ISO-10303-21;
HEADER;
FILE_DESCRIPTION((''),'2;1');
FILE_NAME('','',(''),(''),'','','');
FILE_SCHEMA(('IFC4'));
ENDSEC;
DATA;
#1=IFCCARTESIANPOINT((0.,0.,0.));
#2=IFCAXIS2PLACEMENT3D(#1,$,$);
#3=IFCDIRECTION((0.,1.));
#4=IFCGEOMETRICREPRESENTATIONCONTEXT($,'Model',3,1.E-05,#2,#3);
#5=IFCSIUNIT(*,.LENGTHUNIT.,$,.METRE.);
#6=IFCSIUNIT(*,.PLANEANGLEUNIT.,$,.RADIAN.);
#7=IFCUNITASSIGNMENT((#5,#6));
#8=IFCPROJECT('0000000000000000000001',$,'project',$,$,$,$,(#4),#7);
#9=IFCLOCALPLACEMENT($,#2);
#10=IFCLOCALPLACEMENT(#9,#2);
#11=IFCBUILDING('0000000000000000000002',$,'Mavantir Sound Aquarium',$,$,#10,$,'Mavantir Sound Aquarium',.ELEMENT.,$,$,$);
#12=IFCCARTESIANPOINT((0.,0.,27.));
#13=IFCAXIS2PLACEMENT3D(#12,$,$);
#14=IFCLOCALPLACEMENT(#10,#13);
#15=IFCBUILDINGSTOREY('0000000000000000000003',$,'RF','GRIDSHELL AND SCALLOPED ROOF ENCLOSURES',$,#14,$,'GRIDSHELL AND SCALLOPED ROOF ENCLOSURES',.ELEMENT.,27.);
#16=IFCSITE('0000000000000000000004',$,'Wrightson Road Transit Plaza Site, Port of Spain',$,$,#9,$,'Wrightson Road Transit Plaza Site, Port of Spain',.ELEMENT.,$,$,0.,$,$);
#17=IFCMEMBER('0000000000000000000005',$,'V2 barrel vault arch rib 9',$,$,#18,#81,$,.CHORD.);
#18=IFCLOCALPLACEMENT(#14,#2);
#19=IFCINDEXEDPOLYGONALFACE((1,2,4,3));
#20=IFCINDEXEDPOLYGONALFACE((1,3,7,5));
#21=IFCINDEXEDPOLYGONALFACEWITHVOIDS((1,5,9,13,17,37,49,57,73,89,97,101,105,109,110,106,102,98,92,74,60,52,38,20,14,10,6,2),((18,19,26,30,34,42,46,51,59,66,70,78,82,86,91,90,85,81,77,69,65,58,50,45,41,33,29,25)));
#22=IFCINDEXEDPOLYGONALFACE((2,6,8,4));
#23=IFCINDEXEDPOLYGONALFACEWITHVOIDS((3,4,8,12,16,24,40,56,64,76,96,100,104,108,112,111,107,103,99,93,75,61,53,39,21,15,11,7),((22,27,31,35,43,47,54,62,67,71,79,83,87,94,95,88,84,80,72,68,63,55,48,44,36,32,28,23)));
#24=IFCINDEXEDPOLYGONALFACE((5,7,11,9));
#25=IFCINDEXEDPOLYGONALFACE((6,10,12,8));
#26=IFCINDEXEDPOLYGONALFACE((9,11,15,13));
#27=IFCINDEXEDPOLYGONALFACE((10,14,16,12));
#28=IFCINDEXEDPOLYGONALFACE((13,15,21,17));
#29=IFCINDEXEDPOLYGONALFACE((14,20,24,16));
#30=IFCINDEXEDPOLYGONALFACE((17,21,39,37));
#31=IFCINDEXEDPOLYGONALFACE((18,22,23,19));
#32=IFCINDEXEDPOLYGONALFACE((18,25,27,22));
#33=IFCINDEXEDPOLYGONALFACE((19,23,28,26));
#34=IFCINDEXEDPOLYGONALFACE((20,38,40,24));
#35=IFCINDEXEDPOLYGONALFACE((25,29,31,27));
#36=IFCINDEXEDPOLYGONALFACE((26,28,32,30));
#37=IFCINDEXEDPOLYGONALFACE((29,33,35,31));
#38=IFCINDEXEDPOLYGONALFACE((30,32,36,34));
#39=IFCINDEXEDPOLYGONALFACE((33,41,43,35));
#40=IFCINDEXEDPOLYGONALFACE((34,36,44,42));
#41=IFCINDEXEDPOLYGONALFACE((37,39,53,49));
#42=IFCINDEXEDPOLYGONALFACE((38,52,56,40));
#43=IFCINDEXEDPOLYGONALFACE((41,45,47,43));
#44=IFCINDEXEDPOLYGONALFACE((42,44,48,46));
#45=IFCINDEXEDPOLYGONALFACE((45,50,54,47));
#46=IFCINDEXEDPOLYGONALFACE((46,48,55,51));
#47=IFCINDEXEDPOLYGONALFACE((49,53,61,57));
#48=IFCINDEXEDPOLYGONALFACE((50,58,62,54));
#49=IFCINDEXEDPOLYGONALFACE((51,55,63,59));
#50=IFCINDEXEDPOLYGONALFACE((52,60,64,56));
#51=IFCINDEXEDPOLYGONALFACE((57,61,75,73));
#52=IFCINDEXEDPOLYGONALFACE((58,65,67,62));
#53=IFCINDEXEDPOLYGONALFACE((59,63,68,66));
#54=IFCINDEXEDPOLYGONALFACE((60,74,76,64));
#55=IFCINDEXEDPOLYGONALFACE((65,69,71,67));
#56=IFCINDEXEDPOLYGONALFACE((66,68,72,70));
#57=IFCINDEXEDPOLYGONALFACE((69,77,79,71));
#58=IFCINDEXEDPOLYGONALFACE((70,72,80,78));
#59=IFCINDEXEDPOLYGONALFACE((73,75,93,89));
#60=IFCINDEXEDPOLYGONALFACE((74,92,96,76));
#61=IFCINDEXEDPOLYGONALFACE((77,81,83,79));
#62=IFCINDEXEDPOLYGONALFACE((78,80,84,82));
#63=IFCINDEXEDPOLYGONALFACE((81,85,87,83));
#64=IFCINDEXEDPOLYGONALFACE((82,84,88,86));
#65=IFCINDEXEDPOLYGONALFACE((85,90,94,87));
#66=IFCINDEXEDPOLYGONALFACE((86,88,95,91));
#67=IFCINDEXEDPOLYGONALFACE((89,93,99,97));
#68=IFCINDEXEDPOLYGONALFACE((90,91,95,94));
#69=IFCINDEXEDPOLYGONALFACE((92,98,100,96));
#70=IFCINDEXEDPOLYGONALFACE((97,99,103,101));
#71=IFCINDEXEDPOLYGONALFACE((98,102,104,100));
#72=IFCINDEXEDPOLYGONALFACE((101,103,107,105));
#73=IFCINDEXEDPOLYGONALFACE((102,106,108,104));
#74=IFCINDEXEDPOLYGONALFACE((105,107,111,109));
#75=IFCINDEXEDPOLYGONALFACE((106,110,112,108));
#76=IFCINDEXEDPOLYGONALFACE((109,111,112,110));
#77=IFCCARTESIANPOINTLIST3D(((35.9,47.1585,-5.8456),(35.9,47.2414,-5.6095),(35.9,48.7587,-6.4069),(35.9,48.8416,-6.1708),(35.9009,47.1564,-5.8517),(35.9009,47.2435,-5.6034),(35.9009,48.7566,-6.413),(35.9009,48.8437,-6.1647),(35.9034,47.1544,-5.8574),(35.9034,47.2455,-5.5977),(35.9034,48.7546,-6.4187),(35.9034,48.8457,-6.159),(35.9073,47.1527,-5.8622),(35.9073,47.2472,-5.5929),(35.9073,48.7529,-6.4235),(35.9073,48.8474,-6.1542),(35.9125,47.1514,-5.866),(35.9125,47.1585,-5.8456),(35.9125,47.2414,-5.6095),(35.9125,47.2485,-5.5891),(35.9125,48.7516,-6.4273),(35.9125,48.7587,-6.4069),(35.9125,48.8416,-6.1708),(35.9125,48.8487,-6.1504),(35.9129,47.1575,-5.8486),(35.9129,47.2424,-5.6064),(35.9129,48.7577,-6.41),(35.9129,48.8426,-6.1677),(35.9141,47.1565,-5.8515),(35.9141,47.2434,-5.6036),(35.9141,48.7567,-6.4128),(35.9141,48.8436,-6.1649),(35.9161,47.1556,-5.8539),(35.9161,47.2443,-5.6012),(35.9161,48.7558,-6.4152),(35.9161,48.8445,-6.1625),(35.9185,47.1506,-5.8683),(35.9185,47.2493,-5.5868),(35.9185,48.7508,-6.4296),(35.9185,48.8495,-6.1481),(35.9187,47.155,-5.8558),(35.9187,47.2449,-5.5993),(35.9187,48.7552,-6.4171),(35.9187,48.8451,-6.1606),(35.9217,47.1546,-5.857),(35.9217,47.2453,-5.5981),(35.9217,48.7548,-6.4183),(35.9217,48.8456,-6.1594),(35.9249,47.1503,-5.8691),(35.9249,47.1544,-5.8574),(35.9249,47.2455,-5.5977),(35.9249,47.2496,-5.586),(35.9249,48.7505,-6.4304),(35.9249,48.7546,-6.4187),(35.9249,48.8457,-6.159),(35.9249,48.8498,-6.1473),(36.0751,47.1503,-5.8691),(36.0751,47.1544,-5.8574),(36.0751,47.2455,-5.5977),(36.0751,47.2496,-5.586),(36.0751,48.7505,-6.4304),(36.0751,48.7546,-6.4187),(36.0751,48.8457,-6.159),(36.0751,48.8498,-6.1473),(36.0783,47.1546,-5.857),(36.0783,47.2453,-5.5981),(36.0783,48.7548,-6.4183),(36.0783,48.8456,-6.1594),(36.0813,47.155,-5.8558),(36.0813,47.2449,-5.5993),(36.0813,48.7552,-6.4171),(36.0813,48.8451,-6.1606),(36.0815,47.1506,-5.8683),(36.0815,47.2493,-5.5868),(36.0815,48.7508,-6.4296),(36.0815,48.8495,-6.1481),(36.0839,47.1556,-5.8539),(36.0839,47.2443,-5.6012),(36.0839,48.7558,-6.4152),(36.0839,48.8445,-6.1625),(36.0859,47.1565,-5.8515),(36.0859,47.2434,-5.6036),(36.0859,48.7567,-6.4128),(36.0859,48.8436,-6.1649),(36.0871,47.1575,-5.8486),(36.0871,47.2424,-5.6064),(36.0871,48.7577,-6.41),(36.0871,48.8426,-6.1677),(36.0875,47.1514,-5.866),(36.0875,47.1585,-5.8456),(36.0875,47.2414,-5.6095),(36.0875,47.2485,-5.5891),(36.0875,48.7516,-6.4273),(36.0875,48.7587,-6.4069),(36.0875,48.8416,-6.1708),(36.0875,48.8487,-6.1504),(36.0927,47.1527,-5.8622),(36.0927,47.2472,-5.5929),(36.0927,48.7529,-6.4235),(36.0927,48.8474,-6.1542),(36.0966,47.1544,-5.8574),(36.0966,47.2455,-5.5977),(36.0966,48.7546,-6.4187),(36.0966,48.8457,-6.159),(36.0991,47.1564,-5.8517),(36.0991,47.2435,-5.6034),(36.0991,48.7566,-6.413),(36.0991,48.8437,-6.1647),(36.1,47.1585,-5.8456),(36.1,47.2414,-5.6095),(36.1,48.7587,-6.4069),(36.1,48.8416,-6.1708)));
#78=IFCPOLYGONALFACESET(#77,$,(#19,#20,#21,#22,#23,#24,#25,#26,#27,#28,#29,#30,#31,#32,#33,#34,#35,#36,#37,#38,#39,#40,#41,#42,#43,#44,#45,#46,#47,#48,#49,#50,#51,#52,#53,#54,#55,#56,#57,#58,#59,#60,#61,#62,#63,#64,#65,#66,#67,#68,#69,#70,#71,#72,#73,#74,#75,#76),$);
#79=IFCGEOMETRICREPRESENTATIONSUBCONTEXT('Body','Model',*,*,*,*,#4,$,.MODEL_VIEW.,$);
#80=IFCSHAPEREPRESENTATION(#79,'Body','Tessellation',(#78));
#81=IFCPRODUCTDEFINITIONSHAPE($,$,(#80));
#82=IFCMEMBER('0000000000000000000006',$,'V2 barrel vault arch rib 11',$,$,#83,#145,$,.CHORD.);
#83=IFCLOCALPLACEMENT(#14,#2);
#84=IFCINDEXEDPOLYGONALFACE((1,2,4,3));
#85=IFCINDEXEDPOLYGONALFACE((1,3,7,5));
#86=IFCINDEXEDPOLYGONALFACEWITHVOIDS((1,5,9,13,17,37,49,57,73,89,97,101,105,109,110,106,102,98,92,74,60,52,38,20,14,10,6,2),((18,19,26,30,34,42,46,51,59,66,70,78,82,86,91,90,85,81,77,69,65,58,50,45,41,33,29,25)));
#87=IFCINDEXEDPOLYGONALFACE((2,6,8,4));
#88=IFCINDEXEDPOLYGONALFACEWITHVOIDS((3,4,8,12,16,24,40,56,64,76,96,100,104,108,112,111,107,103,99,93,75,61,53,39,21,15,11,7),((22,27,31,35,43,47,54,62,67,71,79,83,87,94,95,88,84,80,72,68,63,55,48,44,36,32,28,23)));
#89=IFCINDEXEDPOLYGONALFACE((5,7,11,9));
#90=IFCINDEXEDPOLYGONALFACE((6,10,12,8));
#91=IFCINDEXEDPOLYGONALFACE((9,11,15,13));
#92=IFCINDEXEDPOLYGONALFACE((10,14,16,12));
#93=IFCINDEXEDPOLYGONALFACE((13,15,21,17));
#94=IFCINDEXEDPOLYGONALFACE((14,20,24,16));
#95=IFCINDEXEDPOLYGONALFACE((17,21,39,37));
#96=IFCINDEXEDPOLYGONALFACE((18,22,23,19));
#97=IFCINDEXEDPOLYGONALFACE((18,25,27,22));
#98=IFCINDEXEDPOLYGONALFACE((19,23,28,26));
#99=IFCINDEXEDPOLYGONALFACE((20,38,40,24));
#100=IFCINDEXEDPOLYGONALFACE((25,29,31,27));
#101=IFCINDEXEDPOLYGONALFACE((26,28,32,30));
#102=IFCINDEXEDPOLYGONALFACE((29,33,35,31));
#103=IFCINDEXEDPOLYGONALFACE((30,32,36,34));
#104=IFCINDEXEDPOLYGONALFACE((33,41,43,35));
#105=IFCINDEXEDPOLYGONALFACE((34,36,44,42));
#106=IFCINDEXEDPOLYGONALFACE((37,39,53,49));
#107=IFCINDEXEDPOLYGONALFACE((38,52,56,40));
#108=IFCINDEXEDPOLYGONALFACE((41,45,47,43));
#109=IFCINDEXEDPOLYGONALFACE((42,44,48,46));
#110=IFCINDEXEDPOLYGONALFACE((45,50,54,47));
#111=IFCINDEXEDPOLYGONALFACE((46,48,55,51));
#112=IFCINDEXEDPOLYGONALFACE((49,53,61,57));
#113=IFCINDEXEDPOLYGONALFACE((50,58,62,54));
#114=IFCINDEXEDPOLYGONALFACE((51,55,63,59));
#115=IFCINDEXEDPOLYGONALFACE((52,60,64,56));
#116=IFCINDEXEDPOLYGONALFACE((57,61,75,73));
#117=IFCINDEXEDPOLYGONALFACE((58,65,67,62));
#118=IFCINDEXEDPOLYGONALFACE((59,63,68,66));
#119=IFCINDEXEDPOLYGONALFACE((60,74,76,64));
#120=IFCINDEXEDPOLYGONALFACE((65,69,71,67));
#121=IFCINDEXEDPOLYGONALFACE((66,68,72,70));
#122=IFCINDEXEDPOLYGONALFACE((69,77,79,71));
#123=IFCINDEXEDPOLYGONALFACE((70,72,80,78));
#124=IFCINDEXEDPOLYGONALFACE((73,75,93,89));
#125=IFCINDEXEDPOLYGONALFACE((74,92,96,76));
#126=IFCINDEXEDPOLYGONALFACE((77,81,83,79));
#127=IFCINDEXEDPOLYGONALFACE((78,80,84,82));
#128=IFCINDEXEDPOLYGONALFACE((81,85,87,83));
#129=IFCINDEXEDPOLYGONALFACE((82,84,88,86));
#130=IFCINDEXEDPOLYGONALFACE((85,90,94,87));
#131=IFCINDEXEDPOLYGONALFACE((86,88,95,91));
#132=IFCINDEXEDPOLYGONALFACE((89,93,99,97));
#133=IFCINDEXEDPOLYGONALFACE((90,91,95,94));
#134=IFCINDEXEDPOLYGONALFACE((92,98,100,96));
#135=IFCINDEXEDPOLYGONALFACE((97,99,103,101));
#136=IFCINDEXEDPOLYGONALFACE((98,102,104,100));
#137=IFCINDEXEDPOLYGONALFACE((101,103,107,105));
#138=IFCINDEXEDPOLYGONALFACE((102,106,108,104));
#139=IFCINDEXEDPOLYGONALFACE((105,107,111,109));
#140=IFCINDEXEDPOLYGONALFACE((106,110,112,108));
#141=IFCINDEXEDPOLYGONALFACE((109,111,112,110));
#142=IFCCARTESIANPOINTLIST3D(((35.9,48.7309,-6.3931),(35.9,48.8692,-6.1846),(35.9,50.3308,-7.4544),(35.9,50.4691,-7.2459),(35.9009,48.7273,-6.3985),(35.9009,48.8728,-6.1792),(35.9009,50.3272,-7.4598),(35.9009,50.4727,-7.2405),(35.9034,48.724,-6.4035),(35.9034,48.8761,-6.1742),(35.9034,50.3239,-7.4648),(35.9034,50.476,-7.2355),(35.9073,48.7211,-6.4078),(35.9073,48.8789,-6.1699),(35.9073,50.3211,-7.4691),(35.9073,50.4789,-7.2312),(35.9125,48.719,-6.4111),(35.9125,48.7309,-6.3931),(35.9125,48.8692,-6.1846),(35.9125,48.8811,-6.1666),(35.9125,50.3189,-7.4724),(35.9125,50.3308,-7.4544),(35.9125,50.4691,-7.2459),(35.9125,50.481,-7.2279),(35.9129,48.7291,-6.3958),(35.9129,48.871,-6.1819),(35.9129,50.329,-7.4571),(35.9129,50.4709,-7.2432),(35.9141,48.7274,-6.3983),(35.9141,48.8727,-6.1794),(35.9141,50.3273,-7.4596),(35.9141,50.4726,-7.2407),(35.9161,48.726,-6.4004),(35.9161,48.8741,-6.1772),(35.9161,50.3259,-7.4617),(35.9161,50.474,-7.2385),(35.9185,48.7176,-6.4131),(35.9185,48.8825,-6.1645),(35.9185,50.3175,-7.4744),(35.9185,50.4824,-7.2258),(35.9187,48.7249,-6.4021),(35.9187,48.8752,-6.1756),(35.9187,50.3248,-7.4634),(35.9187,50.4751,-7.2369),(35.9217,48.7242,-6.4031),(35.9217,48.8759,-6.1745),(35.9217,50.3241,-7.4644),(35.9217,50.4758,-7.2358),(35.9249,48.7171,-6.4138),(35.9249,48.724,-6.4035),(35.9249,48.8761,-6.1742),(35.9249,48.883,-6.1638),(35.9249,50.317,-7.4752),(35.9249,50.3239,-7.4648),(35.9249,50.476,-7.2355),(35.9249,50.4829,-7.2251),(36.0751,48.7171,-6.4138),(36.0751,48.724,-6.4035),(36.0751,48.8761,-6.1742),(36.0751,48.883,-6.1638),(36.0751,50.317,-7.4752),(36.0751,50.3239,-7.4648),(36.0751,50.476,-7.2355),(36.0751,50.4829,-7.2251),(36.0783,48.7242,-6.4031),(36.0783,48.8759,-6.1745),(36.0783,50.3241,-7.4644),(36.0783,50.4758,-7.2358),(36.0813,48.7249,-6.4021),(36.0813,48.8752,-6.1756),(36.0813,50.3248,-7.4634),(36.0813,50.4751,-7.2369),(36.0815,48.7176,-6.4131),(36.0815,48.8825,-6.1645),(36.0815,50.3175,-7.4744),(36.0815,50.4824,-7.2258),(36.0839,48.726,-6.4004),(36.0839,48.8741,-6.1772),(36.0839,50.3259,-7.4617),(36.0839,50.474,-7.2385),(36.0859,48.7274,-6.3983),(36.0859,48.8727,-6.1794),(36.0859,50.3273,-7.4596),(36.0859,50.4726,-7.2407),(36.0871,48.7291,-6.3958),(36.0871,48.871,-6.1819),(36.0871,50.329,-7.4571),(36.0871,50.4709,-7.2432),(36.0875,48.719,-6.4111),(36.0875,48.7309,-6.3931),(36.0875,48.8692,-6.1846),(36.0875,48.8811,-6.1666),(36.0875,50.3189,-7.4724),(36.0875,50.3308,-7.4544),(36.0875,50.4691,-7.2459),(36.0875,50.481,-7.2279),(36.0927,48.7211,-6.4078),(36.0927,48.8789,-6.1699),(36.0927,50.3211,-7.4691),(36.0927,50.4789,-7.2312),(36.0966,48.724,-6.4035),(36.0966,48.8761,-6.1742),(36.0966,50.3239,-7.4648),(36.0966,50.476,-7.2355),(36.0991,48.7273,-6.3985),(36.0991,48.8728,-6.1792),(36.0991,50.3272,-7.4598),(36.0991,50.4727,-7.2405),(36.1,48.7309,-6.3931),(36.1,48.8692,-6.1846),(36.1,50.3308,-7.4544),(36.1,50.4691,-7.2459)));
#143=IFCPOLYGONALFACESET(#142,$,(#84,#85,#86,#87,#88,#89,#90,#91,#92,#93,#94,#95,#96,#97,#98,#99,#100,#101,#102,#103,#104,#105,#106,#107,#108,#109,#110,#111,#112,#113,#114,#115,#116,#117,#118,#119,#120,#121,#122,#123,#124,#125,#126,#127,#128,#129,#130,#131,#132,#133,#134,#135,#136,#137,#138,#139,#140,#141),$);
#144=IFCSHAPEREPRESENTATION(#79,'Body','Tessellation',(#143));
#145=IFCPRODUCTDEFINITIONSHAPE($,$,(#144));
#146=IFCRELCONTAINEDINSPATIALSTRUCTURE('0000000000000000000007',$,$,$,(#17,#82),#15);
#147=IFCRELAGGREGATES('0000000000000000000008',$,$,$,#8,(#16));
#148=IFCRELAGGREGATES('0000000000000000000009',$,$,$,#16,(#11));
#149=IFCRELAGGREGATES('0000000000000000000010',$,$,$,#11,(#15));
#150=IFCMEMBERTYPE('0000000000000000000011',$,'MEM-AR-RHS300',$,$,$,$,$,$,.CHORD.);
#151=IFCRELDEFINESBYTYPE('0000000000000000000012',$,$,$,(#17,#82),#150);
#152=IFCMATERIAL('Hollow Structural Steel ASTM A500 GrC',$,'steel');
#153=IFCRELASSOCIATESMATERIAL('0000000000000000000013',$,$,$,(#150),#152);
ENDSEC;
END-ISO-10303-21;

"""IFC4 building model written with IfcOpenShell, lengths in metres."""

from ifc_helpers import new_model, si_unit, direction, frame, origin, origin_2d, place, context, subcontext, project, spatial, hollow_rectangle, extrude, material, material_profile, profile_set, type_object, element, save


model = new_model("IFC4")

# Units and contexts
model_context = context("Model", 3, precision=1e-05, world=origin(), true_north=direction((0.0, 1.0)))
body_context = subcontext(model_context, "Body", "Model", "MODEL_VIEW")
ifc_project = project(units=[si_unit("LENGTHUNIT", "METRE"), si_unit("PLANEANGLEUNIT", "RADIAN")], contexts=[model_context])

# Site, building, storey
site_placement = place(None, origin())
site = spatial("IfcSite", under=ifc_project, at=site_placement, Name="Wrightson Road Transit Plaza Site, Port of Spain", LongName="Wrightson Road Transit Plaza Site, Port of Spain", CompositionType="ELEMENT", RefElevation=0.0)
building_placement = place(site_placement, origin())
building = spatial("IfcBuilding", under=site, at=building_placement, Name="Mavantir Sound Aquarium", LongName="Mavantir Sound Aquarium", CompositionType="ELEMENT")
storey_placement = place(building_placement, frame((0.0, 0.0, 27.0)))
storey = spatial("IfcBuildingStorey", under=building, at=storey_placement, Name="RF", Description="GRIDSHELL AND SCALLOPED ROOF ENCLOSURES", LongName="GRIDSHELL AND SCALLOPED ROOF ENCLOSURES", CompositionType="ELEMENT", Elevation=27.0)

# Shared definitions
ifc_material_1 = material(Name="Hollow Structural Steel ASTM A500 GrC", Category="steel")

# Members
ifc_material_profile_1 = material_profile(ifc_material_1, hollow_rectangle(XDim=0.2, YDim=0.3, WallThickness=0.0125, InnerFilletRadius=0.0125, OuterFilletRadius=0.0249, at=origin_2d()), Name="RHS 300X200X12.5")
ifc_profile_set_1 = profile_set([ifc_material_profile_1], Name="Hollow Structural Steel ASTM A500 GrC")
member_type_1 = type_object("IfcMemberType", Name="MEM-AR-RHS300", PredefinedType="CHORD", material=ifc_profile_set_1)
member_1_placement = place(storey_placement, frame((36.0, 47.2, -5.7275), z_axis=(0.0, 0.943629, -0.331004), x_axis=(-1.0, 0.0, 0.0)))
element("IfcMember", 1, at=member_1_placement, inside=storey, type_object=member_type_1, Name="V2 barrel vault arch rib 9", PredefinedType="CHORD", context=body_context, shape_type="SweptSolid", body=[
    extrude(hollow_rectangle(XDim=0.2, YDim=0.3, WallThickness=0.0125, InnerFilletRadius=0.0125, OuterFilletRadius=0.0249, at=origin_2d()), origin(), (0.0, 0.0, 1.0), 1.6958),
])
member_2_placement = place(storey_placement, frame((36.0, 48.8, -6.2888), z_axis=(0.0, 0.83332, -0.552791), x_axis=(-1.0, 0.0, 0.0)))
element("IfcMember", 2, at=member_2_placement, inside=storey, type_object=member_type_1, Name="V2 barrel vault arch rib 11", PredefinedType="CHORD", context=body_context, shape_type="SweptSolid", body=[
    extrude(hollow_rectangle(XDim=0.2, YDim=0.3, WallThickness=0.0125, InnerFilletRadius=0.0125, OuterFilletRadius=0.0249, at=origin_2d()), origin(), (0.0, 0.0, 1.0), 1.9199),
])

save(model, "model.ifc")
